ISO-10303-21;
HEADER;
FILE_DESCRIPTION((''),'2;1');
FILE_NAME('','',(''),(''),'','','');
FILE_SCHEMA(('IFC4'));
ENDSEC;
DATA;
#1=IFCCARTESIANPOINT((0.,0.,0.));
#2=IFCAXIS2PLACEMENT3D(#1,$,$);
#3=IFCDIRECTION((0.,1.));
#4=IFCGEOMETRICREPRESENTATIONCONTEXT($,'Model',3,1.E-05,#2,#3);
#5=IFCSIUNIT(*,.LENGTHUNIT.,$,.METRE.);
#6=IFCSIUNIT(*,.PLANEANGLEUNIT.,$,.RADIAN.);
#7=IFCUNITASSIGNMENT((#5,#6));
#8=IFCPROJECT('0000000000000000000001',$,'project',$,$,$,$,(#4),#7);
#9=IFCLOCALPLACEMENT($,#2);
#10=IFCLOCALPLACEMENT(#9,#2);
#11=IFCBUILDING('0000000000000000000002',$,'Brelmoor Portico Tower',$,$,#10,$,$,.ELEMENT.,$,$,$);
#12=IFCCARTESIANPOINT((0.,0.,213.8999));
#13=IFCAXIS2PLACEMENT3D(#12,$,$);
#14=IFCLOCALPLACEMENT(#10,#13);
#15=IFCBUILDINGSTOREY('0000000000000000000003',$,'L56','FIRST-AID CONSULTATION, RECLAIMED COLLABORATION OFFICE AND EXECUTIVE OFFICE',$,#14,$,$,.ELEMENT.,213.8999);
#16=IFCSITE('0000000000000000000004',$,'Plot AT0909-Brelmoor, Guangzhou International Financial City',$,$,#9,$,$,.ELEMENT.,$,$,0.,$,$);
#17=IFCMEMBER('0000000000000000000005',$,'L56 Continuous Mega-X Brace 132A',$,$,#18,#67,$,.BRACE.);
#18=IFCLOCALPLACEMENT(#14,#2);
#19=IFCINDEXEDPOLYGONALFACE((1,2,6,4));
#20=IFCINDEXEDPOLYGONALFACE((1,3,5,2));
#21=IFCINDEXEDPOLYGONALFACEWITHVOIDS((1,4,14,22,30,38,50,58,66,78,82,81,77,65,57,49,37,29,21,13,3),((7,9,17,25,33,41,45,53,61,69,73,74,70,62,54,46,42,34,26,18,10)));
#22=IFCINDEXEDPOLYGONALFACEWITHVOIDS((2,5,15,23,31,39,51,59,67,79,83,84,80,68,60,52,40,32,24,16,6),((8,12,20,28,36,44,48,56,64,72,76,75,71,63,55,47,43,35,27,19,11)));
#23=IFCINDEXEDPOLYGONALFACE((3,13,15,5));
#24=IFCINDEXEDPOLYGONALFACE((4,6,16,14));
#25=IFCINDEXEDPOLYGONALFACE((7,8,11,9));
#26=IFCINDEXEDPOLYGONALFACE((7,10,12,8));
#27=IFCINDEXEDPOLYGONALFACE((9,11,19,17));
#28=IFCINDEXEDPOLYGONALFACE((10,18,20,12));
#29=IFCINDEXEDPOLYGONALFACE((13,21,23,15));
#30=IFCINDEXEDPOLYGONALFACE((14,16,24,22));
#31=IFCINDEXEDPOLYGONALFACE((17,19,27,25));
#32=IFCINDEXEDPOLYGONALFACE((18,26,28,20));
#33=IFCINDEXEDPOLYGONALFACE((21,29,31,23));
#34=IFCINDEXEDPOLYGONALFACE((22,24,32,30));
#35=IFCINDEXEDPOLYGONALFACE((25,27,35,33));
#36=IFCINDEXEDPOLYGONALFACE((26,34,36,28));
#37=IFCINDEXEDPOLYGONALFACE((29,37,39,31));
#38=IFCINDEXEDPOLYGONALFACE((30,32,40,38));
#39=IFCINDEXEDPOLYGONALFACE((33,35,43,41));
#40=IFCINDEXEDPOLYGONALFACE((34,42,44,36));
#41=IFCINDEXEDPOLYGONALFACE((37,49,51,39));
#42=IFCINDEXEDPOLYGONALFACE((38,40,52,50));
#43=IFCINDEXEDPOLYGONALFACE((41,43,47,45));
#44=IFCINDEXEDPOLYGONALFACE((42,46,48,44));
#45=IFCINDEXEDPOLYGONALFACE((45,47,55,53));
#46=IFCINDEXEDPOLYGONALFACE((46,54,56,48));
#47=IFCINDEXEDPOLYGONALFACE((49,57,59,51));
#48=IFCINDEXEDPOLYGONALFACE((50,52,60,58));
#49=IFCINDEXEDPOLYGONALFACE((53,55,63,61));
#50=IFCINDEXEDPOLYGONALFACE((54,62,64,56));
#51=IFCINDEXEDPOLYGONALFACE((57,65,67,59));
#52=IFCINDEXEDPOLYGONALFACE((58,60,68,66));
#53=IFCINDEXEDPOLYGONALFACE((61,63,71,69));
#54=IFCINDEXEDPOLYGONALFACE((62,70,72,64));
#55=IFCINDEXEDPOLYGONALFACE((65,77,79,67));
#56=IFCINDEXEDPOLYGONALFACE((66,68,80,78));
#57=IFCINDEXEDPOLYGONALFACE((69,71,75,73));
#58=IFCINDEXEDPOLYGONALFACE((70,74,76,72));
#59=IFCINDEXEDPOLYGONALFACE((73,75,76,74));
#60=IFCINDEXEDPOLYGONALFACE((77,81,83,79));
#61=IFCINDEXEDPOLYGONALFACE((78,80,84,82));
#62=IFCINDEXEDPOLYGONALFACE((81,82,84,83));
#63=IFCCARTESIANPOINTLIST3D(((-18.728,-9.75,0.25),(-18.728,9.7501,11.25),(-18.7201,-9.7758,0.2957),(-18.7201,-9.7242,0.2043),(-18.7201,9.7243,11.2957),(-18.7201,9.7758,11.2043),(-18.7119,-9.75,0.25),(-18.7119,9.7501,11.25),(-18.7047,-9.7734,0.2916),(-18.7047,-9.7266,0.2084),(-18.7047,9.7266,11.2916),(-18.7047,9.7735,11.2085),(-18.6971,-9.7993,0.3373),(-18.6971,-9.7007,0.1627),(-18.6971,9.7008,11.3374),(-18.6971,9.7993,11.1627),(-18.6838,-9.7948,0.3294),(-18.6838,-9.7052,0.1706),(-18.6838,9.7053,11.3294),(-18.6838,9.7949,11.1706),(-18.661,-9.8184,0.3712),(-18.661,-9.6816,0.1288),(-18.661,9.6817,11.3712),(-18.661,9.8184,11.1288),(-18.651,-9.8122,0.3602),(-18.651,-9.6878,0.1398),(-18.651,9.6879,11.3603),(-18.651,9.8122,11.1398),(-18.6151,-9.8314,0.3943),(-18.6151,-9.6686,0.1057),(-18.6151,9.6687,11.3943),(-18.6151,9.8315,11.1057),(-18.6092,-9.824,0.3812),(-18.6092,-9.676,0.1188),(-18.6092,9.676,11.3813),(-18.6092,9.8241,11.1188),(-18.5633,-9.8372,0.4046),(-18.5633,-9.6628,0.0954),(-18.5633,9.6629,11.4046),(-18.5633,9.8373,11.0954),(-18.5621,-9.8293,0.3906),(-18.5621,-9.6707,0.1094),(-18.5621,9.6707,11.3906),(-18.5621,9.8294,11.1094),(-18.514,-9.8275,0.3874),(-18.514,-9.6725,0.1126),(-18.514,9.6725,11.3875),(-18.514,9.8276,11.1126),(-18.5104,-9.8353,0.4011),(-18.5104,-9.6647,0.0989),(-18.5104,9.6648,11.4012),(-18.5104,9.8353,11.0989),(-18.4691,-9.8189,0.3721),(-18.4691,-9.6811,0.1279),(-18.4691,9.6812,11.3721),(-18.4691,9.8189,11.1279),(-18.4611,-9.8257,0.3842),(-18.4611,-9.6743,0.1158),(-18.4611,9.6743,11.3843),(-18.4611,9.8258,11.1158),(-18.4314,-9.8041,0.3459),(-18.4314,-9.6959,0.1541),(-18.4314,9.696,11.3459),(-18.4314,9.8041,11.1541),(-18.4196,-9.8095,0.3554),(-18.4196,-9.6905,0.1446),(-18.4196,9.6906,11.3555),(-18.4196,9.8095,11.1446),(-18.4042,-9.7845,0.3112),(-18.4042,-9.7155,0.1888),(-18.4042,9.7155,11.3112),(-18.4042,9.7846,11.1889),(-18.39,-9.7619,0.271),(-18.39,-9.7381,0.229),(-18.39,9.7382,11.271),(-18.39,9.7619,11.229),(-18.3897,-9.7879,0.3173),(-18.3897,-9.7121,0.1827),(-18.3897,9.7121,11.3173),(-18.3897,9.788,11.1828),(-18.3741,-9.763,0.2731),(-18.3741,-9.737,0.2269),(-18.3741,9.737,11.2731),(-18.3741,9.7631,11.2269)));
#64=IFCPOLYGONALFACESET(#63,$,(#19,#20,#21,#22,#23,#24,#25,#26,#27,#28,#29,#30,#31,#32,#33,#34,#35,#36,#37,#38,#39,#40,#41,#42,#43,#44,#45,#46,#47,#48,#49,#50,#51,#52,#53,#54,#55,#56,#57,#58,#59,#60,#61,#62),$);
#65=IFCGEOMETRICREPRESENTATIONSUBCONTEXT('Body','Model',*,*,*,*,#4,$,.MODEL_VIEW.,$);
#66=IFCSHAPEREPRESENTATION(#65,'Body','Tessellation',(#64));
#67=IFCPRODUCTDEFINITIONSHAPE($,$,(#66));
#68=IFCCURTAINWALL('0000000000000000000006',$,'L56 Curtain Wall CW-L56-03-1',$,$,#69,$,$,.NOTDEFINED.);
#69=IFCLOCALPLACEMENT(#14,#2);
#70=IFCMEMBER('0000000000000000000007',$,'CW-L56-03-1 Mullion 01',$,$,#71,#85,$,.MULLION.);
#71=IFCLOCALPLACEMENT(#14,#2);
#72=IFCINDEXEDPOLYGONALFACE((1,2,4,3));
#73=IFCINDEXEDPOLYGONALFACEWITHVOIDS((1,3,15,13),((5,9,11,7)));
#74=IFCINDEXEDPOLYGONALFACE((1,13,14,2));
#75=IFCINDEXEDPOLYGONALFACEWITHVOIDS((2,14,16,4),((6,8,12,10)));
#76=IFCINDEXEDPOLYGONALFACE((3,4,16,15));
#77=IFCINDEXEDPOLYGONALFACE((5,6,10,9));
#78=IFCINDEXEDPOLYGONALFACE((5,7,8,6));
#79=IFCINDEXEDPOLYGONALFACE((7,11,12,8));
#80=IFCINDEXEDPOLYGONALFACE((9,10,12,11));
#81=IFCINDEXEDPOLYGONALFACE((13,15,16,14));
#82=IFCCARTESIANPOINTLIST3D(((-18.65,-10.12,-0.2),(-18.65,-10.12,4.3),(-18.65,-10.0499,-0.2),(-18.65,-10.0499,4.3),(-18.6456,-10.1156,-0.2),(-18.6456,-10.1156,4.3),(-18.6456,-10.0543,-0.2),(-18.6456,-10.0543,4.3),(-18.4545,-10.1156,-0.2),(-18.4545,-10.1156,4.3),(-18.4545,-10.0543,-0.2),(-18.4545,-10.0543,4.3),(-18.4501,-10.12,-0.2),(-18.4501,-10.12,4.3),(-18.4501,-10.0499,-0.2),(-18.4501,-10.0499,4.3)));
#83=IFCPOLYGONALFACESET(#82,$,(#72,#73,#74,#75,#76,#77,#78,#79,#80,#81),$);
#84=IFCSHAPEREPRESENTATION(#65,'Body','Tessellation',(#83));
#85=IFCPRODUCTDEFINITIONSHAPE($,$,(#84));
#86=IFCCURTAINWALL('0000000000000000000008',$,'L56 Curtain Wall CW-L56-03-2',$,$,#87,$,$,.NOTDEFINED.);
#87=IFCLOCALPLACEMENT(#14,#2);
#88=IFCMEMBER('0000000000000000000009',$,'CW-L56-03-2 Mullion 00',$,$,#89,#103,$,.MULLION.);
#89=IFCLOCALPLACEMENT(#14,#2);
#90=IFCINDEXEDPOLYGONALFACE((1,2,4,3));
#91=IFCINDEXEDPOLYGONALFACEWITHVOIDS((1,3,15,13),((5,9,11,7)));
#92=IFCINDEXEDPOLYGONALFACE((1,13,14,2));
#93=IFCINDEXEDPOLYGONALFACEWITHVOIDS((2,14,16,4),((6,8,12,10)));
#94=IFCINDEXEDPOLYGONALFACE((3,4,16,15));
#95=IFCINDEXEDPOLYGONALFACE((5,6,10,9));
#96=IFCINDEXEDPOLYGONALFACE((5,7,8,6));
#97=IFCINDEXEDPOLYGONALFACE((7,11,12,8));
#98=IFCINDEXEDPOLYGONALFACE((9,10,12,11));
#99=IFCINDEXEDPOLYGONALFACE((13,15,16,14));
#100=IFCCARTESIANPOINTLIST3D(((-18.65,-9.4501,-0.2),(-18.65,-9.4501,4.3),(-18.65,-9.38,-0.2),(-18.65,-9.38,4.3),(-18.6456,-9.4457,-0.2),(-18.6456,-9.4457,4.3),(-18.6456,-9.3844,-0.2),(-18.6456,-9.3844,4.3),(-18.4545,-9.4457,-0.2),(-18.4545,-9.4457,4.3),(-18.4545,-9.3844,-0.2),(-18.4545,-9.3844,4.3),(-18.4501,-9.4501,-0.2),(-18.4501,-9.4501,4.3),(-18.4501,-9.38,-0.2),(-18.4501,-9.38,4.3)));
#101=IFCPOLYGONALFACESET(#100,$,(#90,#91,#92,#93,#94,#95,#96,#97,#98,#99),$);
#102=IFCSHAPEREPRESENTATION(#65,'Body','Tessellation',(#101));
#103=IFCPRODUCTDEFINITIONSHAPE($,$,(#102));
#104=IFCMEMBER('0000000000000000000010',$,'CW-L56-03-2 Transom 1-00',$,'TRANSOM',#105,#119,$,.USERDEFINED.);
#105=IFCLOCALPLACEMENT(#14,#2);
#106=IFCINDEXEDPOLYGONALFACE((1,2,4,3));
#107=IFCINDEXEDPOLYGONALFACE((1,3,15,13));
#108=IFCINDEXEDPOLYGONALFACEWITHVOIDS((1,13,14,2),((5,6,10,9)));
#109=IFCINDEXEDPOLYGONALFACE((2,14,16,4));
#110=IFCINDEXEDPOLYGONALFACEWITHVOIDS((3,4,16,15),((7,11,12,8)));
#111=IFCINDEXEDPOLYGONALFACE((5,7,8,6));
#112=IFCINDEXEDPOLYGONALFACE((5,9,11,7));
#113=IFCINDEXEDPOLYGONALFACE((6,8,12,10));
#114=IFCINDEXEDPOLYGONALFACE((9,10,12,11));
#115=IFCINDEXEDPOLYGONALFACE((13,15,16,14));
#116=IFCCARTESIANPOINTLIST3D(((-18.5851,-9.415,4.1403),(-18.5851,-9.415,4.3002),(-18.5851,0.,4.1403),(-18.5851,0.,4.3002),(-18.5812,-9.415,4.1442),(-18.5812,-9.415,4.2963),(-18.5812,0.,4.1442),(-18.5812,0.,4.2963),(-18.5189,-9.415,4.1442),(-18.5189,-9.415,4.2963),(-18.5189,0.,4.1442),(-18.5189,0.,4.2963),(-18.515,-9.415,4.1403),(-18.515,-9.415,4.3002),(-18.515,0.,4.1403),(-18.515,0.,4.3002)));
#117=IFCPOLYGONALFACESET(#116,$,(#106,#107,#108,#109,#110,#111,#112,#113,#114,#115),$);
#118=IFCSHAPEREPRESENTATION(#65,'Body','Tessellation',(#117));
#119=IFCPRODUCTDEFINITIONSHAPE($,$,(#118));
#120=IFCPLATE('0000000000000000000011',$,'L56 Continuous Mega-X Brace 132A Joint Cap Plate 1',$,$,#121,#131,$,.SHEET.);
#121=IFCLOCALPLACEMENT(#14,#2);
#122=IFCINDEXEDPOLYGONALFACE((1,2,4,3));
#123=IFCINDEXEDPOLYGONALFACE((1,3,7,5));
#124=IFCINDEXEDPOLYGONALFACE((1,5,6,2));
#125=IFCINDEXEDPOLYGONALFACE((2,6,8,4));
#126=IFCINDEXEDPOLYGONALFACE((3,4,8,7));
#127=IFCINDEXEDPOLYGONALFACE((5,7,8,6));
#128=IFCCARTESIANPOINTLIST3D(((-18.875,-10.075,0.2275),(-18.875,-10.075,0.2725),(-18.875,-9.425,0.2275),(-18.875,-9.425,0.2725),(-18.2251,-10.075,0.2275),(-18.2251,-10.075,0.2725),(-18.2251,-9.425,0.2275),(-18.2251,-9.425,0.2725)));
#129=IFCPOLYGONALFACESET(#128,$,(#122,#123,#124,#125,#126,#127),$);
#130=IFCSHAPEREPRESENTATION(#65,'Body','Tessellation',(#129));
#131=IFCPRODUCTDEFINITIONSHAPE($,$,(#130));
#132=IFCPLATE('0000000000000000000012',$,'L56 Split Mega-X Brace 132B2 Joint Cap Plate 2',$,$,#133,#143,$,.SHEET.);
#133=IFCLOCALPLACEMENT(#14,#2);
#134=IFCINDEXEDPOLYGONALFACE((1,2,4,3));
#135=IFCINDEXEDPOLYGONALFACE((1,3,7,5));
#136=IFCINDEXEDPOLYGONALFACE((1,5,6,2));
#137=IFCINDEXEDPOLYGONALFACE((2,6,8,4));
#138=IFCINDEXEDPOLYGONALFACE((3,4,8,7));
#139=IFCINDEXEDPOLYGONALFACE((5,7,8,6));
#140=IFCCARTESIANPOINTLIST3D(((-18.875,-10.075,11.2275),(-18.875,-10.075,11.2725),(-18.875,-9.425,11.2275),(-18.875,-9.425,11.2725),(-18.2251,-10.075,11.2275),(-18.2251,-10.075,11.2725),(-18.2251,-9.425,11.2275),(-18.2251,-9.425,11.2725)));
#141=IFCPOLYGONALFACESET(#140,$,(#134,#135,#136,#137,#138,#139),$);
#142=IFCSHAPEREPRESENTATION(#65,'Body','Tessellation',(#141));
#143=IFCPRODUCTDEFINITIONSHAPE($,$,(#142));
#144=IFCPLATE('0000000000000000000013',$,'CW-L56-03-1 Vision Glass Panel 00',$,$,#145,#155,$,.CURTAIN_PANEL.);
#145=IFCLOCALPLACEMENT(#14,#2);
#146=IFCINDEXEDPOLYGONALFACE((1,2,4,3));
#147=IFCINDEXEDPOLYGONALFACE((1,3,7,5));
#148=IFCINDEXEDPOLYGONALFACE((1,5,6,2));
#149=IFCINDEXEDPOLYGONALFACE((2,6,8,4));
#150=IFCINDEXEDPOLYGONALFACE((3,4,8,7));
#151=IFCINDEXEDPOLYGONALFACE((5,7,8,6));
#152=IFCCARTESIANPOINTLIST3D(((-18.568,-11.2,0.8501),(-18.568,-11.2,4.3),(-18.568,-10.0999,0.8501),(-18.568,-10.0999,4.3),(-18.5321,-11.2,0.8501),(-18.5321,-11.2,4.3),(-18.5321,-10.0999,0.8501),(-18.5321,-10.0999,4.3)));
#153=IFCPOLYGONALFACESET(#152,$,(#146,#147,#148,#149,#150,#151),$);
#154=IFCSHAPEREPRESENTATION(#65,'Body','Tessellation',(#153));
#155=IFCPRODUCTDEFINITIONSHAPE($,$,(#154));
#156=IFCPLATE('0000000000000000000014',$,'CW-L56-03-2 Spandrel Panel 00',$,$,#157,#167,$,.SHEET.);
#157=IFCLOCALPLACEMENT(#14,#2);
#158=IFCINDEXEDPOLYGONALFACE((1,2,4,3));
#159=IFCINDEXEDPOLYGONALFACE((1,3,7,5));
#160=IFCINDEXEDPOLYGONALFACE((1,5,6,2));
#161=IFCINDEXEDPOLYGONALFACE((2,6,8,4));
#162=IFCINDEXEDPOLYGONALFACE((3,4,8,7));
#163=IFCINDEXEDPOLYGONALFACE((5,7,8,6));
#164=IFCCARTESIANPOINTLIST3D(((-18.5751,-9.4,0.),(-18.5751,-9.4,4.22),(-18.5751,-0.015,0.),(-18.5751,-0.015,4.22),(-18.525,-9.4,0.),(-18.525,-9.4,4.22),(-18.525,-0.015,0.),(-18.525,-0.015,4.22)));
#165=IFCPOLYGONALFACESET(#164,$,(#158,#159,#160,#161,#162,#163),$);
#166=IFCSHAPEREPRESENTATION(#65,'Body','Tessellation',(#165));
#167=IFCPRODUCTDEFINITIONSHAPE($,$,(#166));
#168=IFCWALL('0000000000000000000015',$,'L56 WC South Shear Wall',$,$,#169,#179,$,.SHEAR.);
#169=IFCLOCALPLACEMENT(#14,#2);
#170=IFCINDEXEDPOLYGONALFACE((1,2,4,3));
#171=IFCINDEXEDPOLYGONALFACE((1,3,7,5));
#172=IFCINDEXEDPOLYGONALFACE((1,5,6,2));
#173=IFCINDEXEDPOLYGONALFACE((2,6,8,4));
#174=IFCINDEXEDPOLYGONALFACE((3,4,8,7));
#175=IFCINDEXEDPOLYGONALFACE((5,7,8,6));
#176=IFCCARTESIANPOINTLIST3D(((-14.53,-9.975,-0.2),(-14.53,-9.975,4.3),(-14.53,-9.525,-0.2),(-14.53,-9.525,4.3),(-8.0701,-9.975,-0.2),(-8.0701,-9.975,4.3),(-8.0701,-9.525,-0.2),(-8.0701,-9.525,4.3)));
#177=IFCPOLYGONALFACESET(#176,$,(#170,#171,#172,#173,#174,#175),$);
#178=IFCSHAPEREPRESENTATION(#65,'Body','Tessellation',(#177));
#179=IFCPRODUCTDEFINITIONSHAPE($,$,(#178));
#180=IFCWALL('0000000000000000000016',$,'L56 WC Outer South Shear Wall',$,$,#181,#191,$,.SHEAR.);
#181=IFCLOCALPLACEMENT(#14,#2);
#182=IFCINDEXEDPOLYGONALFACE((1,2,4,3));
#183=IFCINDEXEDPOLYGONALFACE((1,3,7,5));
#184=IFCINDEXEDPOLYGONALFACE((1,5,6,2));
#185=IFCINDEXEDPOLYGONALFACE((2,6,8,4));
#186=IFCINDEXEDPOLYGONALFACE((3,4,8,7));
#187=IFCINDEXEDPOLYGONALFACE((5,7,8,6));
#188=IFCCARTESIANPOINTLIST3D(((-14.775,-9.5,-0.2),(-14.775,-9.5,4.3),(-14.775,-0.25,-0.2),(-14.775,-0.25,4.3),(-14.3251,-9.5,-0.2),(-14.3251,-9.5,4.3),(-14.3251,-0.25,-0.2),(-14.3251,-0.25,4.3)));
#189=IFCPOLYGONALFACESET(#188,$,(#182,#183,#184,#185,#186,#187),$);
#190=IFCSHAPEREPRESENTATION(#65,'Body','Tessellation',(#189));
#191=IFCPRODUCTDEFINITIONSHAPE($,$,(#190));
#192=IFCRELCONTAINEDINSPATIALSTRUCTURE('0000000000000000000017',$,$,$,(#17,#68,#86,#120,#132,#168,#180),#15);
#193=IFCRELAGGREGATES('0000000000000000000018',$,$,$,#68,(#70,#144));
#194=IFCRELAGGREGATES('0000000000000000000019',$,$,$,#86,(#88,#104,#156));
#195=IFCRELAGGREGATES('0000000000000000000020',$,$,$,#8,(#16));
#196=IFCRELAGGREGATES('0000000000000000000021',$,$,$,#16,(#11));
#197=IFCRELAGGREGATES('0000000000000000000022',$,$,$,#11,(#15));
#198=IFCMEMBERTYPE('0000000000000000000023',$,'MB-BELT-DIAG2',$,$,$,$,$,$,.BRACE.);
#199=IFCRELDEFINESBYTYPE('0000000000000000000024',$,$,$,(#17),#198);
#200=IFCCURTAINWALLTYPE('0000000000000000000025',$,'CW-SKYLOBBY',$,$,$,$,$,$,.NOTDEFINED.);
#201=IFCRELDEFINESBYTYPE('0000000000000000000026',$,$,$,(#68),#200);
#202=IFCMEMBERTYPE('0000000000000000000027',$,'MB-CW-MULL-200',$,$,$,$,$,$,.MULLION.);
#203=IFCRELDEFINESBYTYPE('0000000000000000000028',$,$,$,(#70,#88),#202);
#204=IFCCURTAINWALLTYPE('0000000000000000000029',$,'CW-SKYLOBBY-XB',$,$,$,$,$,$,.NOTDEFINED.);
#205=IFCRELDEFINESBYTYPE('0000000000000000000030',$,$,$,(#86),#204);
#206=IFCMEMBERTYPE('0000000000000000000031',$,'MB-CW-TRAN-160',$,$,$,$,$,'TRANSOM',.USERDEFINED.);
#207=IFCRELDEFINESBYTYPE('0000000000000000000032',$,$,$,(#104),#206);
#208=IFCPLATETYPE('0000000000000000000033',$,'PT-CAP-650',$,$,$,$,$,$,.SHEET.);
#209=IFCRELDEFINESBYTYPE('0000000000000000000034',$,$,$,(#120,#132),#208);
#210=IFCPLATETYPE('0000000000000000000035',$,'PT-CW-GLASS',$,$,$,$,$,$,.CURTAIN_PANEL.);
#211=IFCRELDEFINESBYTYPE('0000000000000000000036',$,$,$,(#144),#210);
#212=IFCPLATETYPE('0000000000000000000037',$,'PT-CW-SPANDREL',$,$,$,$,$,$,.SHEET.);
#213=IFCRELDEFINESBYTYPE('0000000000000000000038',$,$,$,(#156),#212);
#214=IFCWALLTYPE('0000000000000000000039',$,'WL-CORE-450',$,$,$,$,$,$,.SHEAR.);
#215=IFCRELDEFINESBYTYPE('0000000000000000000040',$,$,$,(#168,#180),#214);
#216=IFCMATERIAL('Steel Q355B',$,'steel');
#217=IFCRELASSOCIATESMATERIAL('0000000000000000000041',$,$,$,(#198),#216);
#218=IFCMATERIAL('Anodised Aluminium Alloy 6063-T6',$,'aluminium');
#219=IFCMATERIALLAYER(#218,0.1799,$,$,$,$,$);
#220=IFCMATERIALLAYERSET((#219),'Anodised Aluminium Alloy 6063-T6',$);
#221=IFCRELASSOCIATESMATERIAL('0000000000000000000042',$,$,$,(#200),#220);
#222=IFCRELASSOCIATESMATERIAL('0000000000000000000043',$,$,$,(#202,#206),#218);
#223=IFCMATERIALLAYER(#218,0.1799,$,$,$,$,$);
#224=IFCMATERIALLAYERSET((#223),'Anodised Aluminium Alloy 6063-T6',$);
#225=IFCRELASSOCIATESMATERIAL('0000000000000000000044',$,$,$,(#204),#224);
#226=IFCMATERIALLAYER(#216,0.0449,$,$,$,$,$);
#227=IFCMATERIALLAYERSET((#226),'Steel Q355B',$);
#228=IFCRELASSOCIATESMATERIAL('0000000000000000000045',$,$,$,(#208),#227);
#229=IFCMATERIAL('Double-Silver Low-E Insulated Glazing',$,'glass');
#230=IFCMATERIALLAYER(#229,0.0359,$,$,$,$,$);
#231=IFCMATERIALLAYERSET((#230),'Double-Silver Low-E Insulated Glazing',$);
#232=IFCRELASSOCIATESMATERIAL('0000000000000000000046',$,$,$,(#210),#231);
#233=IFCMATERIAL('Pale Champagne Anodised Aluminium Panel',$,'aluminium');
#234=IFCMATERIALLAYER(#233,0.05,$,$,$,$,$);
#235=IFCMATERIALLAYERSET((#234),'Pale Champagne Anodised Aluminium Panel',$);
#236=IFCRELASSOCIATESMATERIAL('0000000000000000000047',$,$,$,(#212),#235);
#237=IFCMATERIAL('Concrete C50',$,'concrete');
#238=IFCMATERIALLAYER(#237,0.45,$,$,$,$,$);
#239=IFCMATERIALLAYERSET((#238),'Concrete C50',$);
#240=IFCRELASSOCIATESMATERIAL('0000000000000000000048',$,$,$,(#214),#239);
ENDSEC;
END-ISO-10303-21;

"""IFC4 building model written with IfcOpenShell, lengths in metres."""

from ifc_helpers import new_model, si_unit, direction, frame, frame_2d, origin, origin_2d, place, context, subcontext, project, spatial, rectangle, hollow_rectangle, hollow_circle, extrude, material, layer, layer_set, material_profile, profile_set, type_object, element, aggregate, save


model = new_model("IFC4")

# Units and contexts
model_context = context("Model", 3, precision=1e-05, world=origin(), true_north=direction((0.0, 1.0)))
body_context = subcontext(model_context, "Body", "Model", "MODEL_VIEW")
ifc_project = project(units=[si_unit("LENGTHUNIT", "METRE"), si_unit("PLANEANGLEUNIT", "RADIAN")], contexts=[model_context])

# Site, building, storey
site_placement = place(None, origin())
site = spatial("IfcSite", under=ifc_project, at=site_placement, Name="Plot AT0909-Brelmoor, Guangzhou International Financial City", CompositionType="ELEMENT", RefElevation=0.0)
building_placement = place(site_placement, origin())
building = spatial("IfcBuilding", under=site, at=building_placement, Name="Brelmoor Portico Tower", CompositionType="ELEMENT")
storey_placement = place(building_placement, frame((0.0, 0.0, 213.8999)))
storey = spatial("IfcBuildingStorey", under=building, at=storey_placement, Name="L56", Description="FIRST-AID CONSULTATION, RECLAIMED COLLABORATION OFFICE AND EXECUTIVE OFFICE", CompositionType="ELEMENT", Elevation=213.8999)

# Shared definitions
ifc_material_1 = material(Name="Steel Q355B", Category="steel")

# Member
ifc_material_profile_1 = material_profile(ifc_material_1, hollow_circle(Radius=0.178, WallThickness=0.0161, at=origin_2d()), Name="CHS 356x16")
ifc_profile_set_1 = profile_set([ifc_material_profile_1], Name="Steel Q355B")
member_type_1 = type_object("IfcMemberType", Name="MB-BELT-DIAG2", PredefinedType="BRACE", material=ifc_profile_set_1)
member_1_placement = place(storey_placement, frame((-18.55, -9.75, 0.25), z_axis=(0.0, 0.870978, 0.491321), x_axis=(-1.0, 0.0, 0.0)))
element("IfcMember", 1, at=member_1_placement, inside=storey, type_object=member_type_1, Name="L56 Continuous Mega-X Brace 132A", PredefinedType="BRACE", context=body_context, shape_type="SweptSolid", body=[
    extrude(hollow_circle(Radius=0.178, WallThickness=0.0161, at=origin_2d()), origin(), (0.0, 0.0, 1.0), 22.3887),
])

# Curtain wall, member
ifc_material_2 = material(Name="Anodised Aluminium Alloy 6063-T6", Category="aluminium")
ifc_layer_1 = layer(ifc_material_2, 0.1799)
ifc_layer_set_1 = layer_set([ifc_layer_1], Name="Anodised Aluminium Alloy 6063-T6")
curtain_wall_type_1 = type_object("IfcCurtainWallType", Name="CW-SKYLOBBY", PredefinedType="NOTDEFINED", material=ifc_layer_set_1)
curtain_wall_1_placement = place(storey_placement, origin())
curtain_wall_1 = element("IfcCurtainWall", 2, at=curtain_wall_1_placement, inside=storey, type_object=curtain_wall_type_1, Name="L56 Curtain Wall CW-L56-03-1", PredefinedType="NOTDEFINED")
ifc_material_profile_2 = material_profile(ifc_material_2, hollow_rectangle(XDim=0.0701, YDim=0.2, WallThickness=0.0044, at=origin_2d()), Name="ALU MULLION 70x200")
ifc_profile_set_2 = profile_set([ifc_material_profile_2], Name="Anodised Aluminium Alloy 6063-T6")
member_type_2 = type_object("IfcMemberType", Name="MB-CW-MULL-200", PredefinedType="MULLION", material=ifc_profile_set_2)
member_2_placement = place(storey_placement, frame((-18.55, -10.085, -0.2), z_axis=(0.0, 0.0, 1.0), x_axis=(0.0, 1.0, 0.0)))
member_2 = element("IfcMember", 3, at=member_2_placement, type_object=member_type_2, Name="CW-L56-03-1 Mullion 01", PredefinedType="MULLION", context=body_context, shape_type="SweptSolid", body=[
    extrude(hollow_rectangle(XDim=0.0701, YDim=0.2, WallThickness=0.0044, at=origin_2d()), origin(), (0.0, 0.0, 1.0), 4.5),
])

# Curtain wall, members
ifc_layer_2 = layer(ifc_material_2, 0.1799)
ifc_layer_set_2 = layer_set([ifc_layer_2], Name="Anodised Aluminium Alloy 6063-T6")
curtain_wall_type_2 = type_object("IfcCurtainWallType", Name="CW-SKYLOBBY-XB", PredefinedType="NOTDEFINED", material=ifc_layer_set_2)
curtain_wall_2_placement = place(storey_placement, origin())
curtain_wall_2 = element("IfcCurtainWall", 4, at=curtain_wall_2_placement, inside=storey, type_object=curtain_wall_type_2, Name="L56 Curtain Wall CW-L56-03-2", PredefinedType="NOTDEFINED")
member_3_placement = place(storey_placement, frame((-18.55, -9.415, -0.2), z_axis=(0.0, 0.0, 1.0), x_axis=(0.0, 1.0, 0.0)))
member_3 = element("IfcMember", 5, at=member_3_placement, type_object=member_type_2, Name="CW-L56-03-2 Mullion 00", PredefinedType="MULLION", context=body_context, shape_type="SweptSolid", body=[
    extrude(hollow_rectangle(XDim=0.0701, YDim=0.2, WallThickness=0.0044, at=origin_2d()), origin(), (0.0, 0.0, 1.0), 4.5),
])
ifc_material_profile_3 = material_profile(ifc_material_2, hollow_rectangle(XDim=0.0701, YDim=0.1599, WallThickness=0.0039, at=origin_2d()), Name="ALU TRANSOM 70x160")
ifc_profile_set_3 = profile_set([ifc_material_profile_3], Name="Anodised Aluminium Alloy 6063-T6")
member_type_3 = type_object("IfcMemberType", Name="MB-CW-TRAN-160", ElementType="TRANSOM", PredefinedType="USERDEFINED", material=ifc_profile_set_3)
member_4_placement = place(storey_placement, frame((-18.55, -9.415, 4.2202), z_axis=(0.0, 1.0, 0.0), x_axis=(-1.0, 0.0, 0.0)))
member_4 = element("IfcMember", 6, at=member_4_placement, type_object=member_type_3, Name="CW-L56-03-2 Transom 1-00", ObjectType="TRANSOM", PredefinedType="USERDEFINED", context=body_context, shape_type="SweptSolid", body=[
    extrude(hollow_rectangle(XDim=0.0701, YDim=0.1599, WallThickness=0.0039, at=origin_2d()), origin(), (0.0, 0.0, 1.0), 9.415),
])

# Plates
ifc_layer_3 = layer(ifc_material_1, 0.0449)
ifc_layer_set_3 = layer_set([ifc_layer_3], Name="Steel Q355B")
plate_type_1 = type_object("IfcPlateType", Name="PT-CAP-650", PredefinedType="SHEET", material=ifc_layer_set_3)
for number, where, z_axis, x_axis, name in (
    (7, (-18.55, -9.75, 0.2275), (0.0, 0.0, 1.0), (1.0, 0.0, 0.0), "L56 Continuous Mega-X Brace 132A Joint Cap Plate 1"),
    (8, (-18.55, -9.75, 11.2275), (0.0, 0.0, 1.0), (1.0, 0.0, 0.0), "L56 Split Mega-X Brace 132B2 Joint Cap Plate 2"),
):
    element("IfcPlate", number, at=place(storey_placement, frame(where, z_axis=z_axis, x_axis=x_axis)), inside=storey, type_object=plate_type_1, Name=name, PredefinedType="SHEET", context=body_context, shape_type="SweptSolid", body=[
        extrude(rectangle(XDim=0.6499, YDim=0.6499, at=origin_2d()), origin(), (0.0, 0.0, 1.0), 0.0449),
    ])

# Plates
ifc_material_3 = material(Name="Double-Silver Low-E Insulated Glazing", Category="glass")
ifc_layer_4 = layer(ifc_material_3, 0.0359)
ifc_layer_set_4 = layer_set([ifc_layer_4], Name="Double-Silver Low-E Insulated Glazing")
plate_type_2 = type_object("IfcPlateType", Name="PT-CW-GLASS", PredefinedType="CURTAIN_PANEL", material=ifc_layer_set_4)
plate_1_placement = place(storey_placement, frame((-18.55, -10.6499, 0.8501), z_axis=(0.0, 0.0, 1.0), x_axis=(0.0, 1.0, 0.0)))
plate_1 = element("IfcPlate", 9, at=plate_1_placement, type_object=plate_type_2, Name="CW-L56-03-1 Vision Glass Panel 00", PredefinedType="CURTAIN_PANEL", context=body_context, shape_type="SweptSolid", body=[
    extrude(rectangle(XDim=1.1001, YDim=0.0359, at=origin_2d()), origin(), (0.0, 0.0, 1.0), 3.45),
])
aggregate(curtain_wall_1, [member_2, plate_1])
ifc_material_4 = material(Name="Pale Champagne Anodised Aluminium Panel", Category="aluminium")
ifc_layer_5 = layer(ifc_material_4, 0.05)
ifc_layer_set_5 = layer_set([ifc_layer_5], Name="Pale Champagne Anodised Aluminium Panel")
plate_type_3 = type_object("IfcPlateType", Name="PT-CW-SPANDREL", PredefinedType="SHEET", material=ifc_layer_set_5)
plate_2_placement = place(storey_placement, frame((-18.55, -4.7075, 0.0), z_axis=(0.0, 0.0, 1.0), x_axis=(0.0, 1.0, 0.0)))
plate_2 = element("IfcPlate", 10, at=plate_2_placement, type_object=plate_type_3, Name="CW-L56-03-2 Spandrel Panel 00", PredefinedType="SHEET", context=body_context, shape_type="SweptSolid", body=[
    extrude(rectangle(XDim=9.385, YDim=0.05, at=origin_2d()), origin(), (0.0, 0.0, 1.0), 4.22),
])
aggregate(curtain_wall_2, [member_3, member_4, plate_2])

# Walls
ifc_material_5 = material(Name="Concrete C50", Category="concrete")
ifc_layer_6 = layer(ifc_material_5, 0.45)
ifc_layer_set_6 = layer_set([ifc_layer_6], Name="Concrete C50")
wall_type_1 = type_object("IfcWallType", Name="WL-CORE-450", PredefinedType="SHEAR", material=ifc_layer_set_6)
wall_1_placement = place(storey_placement, frame((-14.53, -9.75, -0.2), z_axis=(0.0, 0.0, 1.0), x_axis=(1.0, 0.0, 0.0)))
element("IfcWall", 11, at=wall_1_placement, inside=storey, type_object=wall_type_1, Name="L56 WC South Shear Wall", PredefinedType="SHEAR", context=body_context, shape_type="SweptSolid", body=[
    extrude(rectangle(XDim=6.46, YDim=0.45, at=frame_2d((3.23, 0.0))), origin(), (0.0, 0.0, 1.0), 4.5),
])
wall_2_placement = place(storey_placement, frame((-14.55, -9.5, -0.2), z_axis=(0.0, 0.0, 1.0), x_axis=(0.0, 1.0, 0.0)))
element("IfcWall", 12, at=wall_2_placement, inside=storey, type_object=wall_type_1, Name="L56 WC Outer South Shear Wall", PredefinedType="SHEAR", context=body_context, shape_type="SweptSolid", body=[
    extrude(rectangle(XDim=9.25, YDim=0.45, at=frame_2d((4.625, 0.0))), origin(), (0.0, 0.0, 1.0), 4.5),
])

save(model, "model.ifc")
